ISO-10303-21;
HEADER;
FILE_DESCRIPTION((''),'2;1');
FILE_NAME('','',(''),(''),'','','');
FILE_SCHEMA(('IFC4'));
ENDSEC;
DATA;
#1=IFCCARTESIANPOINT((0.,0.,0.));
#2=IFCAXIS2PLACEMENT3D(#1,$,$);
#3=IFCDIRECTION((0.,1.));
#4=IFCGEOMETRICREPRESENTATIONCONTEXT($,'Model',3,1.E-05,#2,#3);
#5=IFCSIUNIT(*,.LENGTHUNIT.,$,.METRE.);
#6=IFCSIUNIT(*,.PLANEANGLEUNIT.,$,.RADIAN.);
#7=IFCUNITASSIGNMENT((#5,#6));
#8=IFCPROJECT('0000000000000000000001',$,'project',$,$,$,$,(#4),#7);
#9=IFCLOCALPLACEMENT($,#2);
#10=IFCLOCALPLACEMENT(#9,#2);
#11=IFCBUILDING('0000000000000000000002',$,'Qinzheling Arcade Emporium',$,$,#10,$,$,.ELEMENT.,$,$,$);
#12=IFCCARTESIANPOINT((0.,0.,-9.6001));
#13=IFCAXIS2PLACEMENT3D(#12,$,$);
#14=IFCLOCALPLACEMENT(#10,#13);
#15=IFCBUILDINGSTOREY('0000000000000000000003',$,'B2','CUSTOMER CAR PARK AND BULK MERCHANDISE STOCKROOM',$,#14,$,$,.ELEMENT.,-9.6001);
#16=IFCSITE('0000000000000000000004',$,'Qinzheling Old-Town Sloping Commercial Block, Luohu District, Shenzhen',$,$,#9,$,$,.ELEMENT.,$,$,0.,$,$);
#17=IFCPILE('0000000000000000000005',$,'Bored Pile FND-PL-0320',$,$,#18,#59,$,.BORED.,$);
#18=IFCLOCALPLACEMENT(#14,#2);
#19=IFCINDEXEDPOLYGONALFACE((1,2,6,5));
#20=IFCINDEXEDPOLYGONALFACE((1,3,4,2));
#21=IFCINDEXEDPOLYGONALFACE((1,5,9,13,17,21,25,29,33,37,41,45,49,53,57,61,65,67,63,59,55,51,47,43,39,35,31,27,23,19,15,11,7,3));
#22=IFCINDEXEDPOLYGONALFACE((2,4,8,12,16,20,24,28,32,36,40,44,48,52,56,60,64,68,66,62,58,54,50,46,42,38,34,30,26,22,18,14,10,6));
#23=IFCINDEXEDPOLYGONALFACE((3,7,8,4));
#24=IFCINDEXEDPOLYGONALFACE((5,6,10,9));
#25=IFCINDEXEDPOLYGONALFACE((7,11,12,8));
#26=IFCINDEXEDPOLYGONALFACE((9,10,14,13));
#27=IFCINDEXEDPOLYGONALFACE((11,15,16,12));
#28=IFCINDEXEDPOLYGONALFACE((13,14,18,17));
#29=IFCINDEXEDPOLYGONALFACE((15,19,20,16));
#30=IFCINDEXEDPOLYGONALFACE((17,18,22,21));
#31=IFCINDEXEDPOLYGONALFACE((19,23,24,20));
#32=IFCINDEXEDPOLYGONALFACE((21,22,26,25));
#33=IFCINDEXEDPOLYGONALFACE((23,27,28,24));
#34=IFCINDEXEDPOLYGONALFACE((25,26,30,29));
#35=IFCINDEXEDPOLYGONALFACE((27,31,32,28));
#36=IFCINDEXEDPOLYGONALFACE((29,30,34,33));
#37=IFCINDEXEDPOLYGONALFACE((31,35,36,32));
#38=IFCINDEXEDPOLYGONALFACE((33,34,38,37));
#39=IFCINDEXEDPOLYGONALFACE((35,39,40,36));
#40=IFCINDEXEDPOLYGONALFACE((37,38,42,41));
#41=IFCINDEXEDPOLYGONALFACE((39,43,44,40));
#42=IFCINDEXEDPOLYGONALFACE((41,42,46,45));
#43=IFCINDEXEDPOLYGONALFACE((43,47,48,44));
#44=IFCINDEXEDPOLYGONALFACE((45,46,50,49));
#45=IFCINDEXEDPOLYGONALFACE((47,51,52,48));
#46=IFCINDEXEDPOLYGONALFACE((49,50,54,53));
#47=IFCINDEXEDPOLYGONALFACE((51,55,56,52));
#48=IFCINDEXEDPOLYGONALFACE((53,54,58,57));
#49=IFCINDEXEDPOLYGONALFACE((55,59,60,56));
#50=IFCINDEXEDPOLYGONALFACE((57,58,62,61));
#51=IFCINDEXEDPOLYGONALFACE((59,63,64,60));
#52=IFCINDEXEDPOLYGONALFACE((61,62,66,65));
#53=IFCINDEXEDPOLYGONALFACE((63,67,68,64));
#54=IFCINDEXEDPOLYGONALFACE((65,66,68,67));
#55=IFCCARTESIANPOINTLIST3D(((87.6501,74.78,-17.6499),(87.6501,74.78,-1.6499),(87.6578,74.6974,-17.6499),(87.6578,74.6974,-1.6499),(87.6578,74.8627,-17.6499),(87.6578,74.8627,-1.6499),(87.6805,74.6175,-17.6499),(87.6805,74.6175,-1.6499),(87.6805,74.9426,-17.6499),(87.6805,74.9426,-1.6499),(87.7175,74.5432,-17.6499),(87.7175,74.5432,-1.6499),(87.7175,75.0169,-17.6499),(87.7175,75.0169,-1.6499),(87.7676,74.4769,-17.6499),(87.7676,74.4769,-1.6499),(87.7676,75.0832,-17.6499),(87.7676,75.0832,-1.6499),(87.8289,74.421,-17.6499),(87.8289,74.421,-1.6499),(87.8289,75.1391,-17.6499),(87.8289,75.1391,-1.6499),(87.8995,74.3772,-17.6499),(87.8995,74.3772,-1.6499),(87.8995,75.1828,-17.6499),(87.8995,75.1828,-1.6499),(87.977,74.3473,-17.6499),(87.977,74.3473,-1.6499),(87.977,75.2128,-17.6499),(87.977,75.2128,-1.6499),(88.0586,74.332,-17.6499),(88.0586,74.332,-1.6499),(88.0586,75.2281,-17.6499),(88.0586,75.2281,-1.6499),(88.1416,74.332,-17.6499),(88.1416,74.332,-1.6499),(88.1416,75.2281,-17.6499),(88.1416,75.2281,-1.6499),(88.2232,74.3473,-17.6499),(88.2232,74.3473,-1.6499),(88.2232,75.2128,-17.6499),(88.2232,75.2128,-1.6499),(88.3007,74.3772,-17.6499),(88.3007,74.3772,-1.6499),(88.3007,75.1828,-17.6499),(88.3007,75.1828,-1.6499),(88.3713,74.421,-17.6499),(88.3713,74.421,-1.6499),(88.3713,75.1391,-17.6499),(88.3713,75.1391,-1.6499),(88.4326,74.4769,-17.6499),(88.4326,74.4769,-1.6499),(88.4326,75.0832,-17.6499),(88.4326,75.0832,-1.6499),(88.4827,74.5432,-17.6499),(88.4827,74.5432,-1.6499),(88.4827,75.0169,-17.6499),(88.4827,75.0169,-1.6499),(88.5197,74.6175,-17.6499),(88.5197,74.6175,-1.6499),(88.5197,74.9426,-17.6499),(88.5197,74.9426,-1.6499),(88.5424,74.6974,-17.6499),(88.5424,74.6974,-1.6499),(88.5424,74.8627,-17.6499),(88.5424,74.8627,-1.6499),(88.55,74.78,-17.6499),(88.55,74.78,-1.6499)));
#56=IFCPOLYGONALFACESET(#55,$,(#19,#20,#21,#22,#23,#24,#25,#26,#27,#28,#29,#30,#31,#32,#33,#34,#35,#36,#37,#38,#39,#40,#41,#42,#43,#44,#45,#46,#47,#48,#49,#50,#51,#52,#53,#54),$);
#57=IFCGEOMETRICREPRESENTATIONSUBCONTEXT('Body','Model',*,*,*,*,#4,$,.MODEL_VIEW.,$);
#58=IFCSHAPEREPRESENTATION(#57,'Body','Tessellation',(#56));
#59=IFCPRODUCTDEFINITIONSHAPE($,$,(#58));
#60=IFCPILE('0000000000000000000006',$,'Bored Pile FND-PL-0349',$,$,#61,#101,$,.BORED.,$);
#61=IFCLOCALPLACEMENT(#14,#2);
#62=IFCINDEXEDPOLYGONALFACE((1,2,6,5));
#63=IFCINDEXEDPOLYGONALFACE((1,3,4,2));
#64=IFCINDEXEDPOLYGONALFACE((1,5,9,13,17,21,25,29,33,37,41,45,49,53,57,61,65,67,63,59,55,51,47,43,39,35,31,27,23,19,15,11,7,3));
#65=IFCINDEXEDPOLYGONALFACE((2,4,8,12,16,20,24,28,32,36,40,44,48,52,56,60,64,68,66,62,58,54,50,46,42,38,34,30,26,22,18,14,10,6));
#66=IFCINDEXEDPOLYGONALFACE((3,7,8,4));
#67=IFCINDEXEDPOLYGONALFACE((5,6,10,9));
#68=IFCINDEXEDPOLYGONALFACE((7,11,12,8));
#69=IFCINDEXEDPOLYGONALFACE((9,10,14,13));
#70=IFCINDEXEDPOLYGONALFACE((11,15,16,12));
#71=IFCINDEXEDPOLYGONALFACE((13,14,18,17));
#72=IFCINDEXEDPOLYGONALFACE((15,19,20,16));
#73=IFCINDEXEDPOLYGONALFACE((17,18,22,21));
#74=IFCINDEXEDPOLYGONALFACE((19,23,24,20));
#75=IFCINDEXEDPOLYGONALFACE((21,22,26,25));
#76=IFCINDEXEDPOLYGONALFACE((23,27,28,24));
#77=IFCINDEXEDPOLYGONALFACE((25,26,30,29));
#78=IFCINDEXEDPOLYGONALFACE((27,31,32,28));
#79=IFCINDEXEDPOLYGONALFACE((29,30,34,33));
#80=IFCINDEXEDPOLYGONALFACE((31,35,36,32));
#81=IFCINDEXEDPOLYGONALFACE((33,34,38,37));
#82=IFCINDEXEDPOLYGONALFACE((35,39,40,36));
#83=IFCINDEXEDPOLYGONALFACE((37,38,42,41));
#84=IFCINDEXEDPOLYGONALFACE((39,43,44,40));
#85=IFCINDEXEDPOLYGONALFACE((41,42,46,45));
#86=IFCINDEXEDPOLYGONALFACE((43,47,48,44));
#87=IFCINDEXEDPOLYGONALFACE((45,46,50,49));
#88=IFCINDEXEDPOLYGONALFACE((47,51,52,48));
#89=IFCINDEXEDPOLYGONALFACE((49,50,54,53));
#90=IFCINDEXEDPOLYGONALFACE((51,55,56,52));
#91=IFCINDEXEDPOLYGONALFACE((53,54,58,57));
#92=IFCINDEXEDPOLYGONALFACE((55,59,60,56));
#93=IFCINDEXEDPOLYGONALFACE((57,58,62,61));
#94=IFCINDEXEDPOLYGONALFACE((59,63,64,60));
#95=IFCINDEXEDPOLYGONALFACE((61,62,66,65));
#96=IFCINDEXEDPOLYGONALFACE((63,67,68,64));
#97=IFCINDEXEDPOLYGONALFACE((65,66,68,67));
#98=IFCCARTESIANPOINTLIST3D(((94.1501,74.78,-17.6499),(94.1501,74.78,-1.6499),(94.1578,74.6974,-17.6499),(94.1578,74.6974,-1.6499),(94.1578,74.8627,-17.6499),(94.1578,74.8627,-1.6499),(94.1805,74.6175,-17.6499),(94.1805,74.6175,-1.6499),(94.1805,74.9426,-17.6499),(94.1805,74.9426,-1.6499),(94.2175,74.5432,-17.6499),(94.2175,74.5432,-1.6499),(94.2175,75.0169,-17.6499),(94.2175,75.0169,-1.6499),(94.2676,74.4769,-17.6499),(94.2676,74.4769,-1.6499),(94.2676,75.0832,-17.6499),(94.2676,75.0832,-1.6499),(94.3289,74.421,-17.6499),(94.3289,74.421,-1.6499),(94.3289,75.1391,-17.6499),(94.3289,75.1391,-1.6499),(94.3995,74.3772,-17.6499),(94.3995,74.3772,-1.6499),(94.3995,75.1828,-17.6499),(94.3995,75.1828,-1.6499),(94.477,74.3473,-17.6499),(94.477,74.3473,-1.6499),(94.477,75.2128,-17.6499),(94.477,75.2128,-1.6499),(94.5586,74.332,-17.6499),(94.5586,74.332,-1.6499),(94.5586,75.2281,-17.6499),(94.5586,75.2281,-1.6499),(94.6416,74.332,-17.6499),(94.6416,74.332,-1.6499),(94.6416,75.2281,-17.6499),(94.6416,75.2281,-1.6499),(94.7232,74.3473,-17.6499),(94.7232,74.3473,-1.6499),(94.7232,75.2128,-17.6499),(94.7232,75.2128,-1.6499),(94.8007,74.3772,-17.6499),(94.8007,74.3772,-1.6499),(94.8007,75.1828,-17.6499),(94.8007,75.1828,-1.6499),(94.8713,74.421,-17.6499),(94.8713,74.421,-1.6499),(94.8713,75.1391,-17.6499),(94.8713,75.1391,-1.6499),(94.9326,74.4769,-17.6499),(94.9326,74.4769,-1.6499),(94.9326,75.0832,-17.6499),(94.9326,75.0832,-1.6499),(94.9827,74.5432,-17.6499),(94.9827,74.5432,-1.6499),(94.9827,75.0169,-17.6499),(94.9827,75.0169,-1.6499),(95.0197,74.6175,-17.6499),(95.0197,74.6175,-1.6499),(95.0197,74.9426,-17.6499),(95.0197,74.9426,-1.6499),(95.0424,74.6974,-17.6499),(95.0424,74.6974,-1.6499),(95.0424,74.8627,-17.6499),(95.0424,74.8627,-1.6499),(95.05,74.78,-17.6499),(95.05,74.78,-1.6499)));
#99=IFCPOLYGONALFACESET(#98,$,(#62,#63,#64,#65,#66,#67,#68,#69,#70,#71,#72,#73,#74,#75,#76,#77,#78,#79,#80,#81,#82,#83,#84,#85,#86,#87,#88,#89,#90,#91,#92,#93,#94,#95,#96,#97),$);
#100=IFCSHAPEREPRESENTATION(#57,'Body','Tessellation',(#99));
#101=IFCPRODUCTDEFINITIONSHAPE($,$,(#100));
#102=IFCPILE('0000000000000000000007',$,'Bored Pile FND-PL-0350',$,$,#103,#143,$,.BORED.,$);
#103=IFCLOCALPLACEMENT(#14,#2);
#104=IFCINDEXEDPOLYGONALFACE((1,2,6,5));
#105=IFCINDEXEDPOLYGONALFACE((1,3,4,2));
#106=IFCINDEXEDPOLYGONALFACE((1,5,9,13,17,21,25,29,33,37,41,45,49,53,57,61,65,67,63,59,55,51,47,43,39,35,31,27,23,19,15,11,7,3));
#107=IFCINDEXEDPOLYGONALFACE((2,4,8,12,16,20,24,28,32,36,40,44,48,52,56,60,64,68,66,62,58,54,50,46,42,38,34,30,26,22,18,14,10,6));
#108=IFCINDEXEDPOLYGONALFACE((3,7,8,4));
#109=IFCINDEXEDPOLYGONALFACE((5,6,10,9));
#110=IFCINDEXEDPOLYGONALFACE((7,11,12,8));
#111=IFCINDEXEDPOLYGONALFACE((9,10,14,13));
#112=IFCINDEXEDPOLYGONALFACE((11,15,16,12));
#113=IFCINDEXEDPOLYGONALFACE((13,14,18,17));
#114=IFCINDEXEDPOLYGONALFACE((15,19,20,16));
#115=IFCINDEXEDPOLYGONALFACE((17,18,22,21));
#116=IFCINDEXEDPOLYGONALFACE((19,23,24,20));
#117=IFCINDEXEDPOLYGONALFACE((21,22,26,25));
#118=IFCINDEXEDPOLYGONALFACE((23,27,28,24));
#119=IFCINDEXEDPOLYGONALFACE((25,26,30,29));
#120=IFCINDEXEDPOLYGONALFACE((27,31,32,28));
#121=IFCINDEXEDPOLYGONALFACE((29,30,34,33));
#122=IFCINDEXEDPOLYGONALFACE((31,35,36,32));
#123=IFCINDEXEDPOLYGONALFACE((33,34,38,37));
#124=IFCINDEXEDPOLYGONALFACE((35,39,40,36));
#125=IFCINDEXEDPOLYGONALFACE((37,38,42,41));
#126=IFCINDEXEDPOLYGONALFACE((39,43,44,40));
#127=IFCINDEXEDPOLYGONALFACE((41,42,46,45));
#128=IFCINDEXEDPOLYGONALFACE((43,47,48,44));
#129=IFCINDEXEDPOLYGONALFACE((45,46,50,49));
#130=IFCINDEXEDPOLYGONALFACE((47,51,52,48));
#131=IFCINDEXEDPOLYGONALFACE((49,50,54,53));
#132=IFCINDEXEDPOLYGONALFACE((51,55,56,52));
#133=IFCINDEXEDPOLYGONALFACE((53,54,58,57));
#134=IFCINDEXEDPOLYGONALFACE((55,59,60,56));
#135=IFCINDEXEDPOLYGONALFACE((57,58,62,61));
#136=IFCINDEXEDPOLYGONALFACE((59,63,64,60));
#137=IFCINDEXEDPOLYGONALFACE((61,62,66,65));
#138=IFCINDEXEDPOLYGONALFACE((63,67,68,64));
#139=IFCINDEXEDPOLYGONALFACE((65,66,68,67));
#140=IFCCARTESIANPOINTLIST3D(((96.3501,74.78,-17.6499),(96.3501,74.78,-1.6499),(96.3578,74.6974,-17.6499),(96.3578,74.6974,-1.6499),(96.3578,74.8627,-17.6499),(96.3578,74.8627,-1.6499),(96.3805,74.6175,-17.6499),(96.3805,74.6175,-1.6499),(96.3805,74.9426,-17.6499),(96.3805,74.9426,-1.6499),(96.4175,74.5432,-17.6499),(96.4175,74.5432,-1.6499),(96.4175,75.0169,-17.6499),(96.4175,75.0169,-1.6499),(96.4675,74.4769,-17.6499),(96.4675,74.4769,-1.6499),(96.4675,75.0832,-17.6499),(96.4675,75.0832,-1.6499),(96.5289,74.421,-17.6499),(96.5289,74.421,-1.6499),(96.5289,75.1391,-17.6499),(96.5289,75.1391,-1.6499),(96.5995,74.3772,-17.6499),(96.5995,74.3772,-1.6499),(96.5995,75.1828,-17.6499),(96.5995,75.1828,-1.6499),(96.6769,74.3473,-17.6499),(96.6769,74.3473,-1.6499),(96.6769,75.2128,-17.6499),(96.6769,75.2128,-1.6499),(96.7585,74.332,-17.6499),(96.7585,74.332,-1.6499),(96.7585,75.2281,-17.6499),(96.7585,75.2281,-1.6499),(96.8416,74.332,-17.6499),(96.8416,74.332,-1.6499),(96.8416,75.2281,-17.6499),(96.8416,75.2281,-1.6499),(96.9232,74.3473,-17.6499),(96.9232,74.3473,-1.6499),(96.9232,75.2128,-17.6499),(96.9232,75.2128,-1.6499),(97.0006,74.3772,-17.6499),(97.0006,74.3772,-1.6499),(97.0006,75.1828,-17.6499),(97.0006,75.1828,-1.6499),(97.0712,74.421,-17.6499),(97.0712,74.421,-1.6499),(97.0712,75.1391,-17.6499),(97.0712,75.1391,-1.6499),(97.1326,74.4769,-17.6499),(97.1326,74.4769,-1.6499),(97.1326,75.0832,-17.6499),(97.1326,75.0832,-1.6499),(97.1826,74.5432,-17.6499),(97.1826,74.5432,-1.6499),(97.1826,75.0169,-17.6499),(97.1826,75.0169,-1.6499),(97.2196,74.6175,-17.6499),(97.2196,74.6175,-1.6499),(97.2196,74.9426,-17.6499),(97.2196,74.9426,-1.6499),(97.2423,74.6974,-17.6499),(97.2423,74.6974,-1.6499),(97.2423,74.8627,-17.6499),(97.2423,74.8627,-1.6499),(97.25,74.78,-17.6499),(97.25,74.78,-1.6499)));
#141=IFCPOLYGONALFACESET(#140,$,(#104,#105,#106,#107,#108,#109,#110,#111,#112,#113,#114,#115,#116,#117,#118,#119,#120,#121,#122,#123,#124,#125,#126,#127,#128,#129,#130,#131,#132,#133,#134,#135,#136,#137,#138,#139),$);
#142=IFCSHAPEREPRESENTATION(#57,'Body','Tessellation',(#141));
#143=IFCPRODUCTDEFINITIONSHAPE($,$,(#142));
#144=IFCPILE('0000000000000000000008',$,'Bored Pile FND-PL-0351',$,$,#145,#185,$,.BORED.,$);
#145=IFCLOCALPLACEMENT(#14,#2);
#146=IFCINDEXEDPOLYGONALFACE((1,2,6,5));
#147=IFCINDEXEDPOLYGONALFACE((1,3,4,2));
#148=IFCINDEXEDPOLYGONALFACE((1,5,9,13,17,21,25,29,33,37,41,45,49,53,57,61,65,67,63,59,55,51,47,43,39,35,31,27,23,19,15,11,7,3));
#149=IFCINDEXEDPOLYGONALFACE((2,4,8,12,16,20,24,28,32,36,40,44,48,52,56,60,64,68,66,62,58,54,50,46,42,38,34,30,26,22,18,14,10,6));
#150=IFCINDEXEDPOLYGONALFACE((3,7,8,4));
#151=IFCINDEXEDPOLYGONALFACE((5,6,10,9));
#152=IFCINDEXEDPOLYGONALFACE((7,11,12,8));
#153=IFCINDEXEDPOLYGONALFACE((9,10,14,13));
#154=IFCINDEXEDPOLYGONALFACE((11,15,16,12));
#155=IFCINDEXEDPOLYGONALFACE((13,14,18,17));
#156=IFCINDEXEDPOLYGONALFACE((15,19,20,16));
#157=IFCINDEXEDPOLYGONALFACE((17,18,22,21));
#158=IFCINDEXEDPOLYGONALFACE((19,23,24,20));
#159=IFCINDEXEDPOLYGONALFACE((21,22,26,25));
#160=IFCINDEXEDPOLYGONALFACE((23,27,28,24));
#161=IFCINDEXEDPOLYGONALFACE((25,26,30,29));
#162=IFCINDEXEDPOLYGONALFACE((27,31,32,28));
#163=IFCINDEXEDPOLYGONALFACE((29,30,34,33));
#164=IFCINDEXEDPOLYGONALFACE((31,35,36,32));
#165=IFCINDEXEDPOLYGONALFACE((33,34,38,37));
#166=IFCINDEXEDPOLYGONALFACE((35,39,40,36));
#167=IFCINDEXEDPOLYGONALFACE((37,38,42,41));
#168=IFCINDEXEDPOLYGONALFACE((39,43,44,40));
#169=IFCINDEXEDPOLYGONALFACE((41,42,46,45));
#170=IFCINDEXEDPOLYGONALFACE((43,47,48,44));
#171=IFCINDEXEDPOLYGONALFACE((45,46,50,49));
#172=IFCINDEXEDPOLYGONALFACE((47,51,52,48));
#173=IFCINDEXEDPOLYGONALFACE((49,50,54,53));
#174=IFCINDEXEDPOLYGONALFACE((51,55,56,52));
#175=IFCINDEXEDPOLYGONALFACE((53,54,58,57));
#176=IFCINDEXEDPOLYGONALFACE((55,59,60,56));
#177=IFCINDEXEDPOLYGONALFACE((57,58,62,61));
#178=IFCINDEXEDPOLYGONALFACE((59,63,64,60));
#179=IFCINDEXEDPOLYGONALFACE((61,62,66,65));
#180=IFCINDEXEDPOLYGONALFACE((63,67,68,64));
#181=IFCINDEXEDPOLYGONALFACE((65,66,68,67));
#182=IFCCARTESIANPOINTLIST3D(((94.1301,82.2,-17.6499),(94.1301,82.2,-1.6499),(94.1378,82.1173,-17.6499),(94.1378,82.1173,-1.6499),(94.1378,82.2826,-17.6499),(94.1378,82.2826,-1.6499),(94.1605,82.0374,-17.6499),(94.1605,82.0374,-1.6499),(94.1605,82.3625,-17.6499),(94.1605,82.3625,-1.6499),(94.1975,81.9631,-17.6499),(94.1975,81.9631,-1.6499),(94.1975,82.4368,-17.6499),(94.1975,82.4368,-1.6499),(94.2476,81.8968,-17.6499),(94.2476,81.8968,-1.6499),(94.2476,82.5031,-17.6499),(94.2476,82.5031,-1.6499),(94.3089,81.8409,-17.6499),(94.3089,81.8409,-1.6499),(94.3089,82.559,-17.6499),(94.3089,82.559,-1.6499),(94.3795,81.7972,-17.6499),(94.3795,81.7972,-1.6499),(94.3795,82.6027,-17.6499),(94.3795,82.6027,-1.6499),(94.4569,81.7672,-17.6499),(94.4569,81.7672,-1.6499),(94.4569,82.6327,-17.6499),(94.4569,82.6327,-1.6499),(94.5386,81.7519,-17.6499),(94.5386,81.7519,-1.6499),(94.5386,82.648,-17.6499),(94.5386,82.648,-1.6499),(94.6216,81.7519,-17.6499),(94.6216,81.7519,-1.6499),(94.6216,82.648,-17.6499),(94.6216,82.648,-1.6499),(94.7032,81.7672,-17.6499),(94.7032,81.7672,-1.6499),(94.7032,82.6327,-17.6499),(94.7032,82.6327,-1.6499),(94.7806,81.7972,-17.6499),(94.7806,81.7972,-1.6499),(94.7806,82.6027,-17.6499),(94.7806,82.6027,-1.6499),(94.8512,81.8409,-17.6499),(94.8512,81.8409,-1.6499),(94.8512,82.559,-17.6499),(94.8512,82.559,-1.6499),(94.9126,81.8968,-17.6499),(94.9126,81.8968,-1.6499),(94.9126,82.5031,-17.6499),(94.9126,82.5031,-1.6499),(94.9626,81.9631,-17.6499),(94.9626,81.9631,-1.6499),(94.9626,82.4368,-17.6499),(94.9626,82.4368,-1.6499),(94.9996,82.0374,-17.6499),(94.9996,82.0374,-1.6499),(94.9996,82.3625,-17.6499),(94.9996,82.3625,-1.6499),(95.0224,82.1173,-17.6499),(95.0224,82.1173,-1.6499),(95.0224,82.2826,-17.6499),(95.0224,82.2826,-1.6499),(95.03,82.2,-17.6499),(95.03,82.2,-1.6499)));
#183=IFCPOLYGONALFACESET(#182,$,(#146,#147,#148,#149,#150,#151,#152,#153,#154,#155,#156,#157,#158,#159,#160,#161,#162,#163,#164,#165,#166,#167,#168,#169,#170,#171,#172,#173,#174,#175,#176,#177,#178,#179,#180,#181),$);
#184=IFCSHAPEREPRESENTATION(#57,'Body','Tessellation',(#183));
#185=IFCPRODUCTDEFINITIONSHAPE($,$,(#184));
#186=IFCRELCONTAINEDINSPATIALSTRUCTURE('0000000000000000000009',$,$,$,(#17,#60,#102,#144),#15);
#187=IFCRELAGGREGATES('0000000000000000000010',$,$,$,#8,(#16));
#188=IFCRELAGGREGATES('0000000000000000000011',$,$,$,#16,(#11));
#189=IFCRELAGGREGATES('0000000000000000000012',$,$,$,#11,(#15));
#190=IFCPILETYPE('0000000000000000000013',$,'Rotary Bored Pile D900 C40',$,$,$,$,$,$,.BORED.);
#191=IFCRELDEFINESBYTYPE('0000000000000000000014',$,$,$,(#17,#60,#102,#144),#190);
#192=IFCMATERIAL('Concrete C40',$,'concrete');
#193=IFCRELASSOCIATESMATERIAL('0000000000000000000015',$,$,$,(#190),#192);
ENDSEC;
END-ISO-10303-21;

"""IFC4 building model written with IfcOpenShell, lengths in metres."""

from ifc_helpers import new_model, si_unit, direction, frame, origin, origin_2d, place, context, subcontext, project, spatial, circle, extrude, material, material_profile, profile_set, type_object, element, save


model = new_model("IFC4")

# Units and contexts
model_context = context("Model", 3, precision=1e-05, world=origin(), true_north=direction((0.0, 1.0)))
body_context = subcontext(model_context, "Body", "Model", "MODEL_VIEW")
ifc_project = project(units=[si_unit("LENGTHUNIT", "METRE"), si_unit("PLANEANGLEUNIT", "RADIAN")], contexts=[model_context])

# Site, building, storey
site_placement = place(None, origin())
site = spatial("IfcSite", under=ifc_project, at=site_placement, Name="Qinzheling Old-Town Sloping Commercial Block, Luohu District, Shenzhen", CompositionType="ELEMENT", RefElevation=0.0)
building_placement = place(site_placement, origin())
building = spatial("IfcBuilding", under=site, at=building_placement, Name="Qinzheling Arcade Emporium", CompositionType="ELEMENT")
storey_placement = place(building_placement, frame((0.0, 0.0, -9.6001)))
storey = spatial("IfcBuildingStorey", under=building, at=storey_placement, Name="B2", Description="CUSTOMER CAR PARK AND BULK MERCHANDISE STOCKROOM", CompositionType="ELEMENT", Elevation=-9.6001)

# Shared definitions
ifc_material_1 = material(Name="Concrete C40", Category="concrete")

# Piles
ifc_material_profile_1 = material_profile(ifc_material_1, circle(Radius=0.45, at=origin_2d()), Name="BORED D900", Category="concrete")
ifc_profile_set_1 = profile_set([ifc_material_profile_1], Name="Concrete C40")
pile_type_1 = type_object("IfcPileType", Name="Rotary Bored Pile D900 C40", PredefinedType="BORED", material=ifc_profile_set_1)
for number, where, z_axis, x_axis, name in (
    (1, (88.1001, 74.78, -1.6499), (0.0, 0.0, -1.0), (1.0, 0.0, 0.0), "Bored Pile FND-PL-0320"),
    (2, (94.6001, 74.78, -1.6499), (0.0, 0.0, -1.0), (1.0, 0.0, 0.0), "Bored Pile FND-PL-0349"),
    (3, (96.8, 74.78, -1.6499), (0.0, 0.0, -1.0), (1.0, 0.0, 0.0), "Bored Pile FND-PL-0350"),
    (4, (94.5801, 82.2, -1.6499), (0.0, 0.0, -1.0), (1.0, 0.0, 0.0), "Bored Pile FND-PL-0351"),
):
    element("IfcPile", number, at=place(storey_placement, frame(where, z_axis=z_axis, x_axis=x_axis)), inside=storey, type_object=pile_type_1, Name=name, PredefinedType="BORED", context=body_context, shape_type="SweptSolid", body=[
        extrude(circle(Radius=0.45, at=origin_2d()), origin(), (0.0, 0.0, 1.0), 16.0),
    ])

save(model, "model.ifc")
